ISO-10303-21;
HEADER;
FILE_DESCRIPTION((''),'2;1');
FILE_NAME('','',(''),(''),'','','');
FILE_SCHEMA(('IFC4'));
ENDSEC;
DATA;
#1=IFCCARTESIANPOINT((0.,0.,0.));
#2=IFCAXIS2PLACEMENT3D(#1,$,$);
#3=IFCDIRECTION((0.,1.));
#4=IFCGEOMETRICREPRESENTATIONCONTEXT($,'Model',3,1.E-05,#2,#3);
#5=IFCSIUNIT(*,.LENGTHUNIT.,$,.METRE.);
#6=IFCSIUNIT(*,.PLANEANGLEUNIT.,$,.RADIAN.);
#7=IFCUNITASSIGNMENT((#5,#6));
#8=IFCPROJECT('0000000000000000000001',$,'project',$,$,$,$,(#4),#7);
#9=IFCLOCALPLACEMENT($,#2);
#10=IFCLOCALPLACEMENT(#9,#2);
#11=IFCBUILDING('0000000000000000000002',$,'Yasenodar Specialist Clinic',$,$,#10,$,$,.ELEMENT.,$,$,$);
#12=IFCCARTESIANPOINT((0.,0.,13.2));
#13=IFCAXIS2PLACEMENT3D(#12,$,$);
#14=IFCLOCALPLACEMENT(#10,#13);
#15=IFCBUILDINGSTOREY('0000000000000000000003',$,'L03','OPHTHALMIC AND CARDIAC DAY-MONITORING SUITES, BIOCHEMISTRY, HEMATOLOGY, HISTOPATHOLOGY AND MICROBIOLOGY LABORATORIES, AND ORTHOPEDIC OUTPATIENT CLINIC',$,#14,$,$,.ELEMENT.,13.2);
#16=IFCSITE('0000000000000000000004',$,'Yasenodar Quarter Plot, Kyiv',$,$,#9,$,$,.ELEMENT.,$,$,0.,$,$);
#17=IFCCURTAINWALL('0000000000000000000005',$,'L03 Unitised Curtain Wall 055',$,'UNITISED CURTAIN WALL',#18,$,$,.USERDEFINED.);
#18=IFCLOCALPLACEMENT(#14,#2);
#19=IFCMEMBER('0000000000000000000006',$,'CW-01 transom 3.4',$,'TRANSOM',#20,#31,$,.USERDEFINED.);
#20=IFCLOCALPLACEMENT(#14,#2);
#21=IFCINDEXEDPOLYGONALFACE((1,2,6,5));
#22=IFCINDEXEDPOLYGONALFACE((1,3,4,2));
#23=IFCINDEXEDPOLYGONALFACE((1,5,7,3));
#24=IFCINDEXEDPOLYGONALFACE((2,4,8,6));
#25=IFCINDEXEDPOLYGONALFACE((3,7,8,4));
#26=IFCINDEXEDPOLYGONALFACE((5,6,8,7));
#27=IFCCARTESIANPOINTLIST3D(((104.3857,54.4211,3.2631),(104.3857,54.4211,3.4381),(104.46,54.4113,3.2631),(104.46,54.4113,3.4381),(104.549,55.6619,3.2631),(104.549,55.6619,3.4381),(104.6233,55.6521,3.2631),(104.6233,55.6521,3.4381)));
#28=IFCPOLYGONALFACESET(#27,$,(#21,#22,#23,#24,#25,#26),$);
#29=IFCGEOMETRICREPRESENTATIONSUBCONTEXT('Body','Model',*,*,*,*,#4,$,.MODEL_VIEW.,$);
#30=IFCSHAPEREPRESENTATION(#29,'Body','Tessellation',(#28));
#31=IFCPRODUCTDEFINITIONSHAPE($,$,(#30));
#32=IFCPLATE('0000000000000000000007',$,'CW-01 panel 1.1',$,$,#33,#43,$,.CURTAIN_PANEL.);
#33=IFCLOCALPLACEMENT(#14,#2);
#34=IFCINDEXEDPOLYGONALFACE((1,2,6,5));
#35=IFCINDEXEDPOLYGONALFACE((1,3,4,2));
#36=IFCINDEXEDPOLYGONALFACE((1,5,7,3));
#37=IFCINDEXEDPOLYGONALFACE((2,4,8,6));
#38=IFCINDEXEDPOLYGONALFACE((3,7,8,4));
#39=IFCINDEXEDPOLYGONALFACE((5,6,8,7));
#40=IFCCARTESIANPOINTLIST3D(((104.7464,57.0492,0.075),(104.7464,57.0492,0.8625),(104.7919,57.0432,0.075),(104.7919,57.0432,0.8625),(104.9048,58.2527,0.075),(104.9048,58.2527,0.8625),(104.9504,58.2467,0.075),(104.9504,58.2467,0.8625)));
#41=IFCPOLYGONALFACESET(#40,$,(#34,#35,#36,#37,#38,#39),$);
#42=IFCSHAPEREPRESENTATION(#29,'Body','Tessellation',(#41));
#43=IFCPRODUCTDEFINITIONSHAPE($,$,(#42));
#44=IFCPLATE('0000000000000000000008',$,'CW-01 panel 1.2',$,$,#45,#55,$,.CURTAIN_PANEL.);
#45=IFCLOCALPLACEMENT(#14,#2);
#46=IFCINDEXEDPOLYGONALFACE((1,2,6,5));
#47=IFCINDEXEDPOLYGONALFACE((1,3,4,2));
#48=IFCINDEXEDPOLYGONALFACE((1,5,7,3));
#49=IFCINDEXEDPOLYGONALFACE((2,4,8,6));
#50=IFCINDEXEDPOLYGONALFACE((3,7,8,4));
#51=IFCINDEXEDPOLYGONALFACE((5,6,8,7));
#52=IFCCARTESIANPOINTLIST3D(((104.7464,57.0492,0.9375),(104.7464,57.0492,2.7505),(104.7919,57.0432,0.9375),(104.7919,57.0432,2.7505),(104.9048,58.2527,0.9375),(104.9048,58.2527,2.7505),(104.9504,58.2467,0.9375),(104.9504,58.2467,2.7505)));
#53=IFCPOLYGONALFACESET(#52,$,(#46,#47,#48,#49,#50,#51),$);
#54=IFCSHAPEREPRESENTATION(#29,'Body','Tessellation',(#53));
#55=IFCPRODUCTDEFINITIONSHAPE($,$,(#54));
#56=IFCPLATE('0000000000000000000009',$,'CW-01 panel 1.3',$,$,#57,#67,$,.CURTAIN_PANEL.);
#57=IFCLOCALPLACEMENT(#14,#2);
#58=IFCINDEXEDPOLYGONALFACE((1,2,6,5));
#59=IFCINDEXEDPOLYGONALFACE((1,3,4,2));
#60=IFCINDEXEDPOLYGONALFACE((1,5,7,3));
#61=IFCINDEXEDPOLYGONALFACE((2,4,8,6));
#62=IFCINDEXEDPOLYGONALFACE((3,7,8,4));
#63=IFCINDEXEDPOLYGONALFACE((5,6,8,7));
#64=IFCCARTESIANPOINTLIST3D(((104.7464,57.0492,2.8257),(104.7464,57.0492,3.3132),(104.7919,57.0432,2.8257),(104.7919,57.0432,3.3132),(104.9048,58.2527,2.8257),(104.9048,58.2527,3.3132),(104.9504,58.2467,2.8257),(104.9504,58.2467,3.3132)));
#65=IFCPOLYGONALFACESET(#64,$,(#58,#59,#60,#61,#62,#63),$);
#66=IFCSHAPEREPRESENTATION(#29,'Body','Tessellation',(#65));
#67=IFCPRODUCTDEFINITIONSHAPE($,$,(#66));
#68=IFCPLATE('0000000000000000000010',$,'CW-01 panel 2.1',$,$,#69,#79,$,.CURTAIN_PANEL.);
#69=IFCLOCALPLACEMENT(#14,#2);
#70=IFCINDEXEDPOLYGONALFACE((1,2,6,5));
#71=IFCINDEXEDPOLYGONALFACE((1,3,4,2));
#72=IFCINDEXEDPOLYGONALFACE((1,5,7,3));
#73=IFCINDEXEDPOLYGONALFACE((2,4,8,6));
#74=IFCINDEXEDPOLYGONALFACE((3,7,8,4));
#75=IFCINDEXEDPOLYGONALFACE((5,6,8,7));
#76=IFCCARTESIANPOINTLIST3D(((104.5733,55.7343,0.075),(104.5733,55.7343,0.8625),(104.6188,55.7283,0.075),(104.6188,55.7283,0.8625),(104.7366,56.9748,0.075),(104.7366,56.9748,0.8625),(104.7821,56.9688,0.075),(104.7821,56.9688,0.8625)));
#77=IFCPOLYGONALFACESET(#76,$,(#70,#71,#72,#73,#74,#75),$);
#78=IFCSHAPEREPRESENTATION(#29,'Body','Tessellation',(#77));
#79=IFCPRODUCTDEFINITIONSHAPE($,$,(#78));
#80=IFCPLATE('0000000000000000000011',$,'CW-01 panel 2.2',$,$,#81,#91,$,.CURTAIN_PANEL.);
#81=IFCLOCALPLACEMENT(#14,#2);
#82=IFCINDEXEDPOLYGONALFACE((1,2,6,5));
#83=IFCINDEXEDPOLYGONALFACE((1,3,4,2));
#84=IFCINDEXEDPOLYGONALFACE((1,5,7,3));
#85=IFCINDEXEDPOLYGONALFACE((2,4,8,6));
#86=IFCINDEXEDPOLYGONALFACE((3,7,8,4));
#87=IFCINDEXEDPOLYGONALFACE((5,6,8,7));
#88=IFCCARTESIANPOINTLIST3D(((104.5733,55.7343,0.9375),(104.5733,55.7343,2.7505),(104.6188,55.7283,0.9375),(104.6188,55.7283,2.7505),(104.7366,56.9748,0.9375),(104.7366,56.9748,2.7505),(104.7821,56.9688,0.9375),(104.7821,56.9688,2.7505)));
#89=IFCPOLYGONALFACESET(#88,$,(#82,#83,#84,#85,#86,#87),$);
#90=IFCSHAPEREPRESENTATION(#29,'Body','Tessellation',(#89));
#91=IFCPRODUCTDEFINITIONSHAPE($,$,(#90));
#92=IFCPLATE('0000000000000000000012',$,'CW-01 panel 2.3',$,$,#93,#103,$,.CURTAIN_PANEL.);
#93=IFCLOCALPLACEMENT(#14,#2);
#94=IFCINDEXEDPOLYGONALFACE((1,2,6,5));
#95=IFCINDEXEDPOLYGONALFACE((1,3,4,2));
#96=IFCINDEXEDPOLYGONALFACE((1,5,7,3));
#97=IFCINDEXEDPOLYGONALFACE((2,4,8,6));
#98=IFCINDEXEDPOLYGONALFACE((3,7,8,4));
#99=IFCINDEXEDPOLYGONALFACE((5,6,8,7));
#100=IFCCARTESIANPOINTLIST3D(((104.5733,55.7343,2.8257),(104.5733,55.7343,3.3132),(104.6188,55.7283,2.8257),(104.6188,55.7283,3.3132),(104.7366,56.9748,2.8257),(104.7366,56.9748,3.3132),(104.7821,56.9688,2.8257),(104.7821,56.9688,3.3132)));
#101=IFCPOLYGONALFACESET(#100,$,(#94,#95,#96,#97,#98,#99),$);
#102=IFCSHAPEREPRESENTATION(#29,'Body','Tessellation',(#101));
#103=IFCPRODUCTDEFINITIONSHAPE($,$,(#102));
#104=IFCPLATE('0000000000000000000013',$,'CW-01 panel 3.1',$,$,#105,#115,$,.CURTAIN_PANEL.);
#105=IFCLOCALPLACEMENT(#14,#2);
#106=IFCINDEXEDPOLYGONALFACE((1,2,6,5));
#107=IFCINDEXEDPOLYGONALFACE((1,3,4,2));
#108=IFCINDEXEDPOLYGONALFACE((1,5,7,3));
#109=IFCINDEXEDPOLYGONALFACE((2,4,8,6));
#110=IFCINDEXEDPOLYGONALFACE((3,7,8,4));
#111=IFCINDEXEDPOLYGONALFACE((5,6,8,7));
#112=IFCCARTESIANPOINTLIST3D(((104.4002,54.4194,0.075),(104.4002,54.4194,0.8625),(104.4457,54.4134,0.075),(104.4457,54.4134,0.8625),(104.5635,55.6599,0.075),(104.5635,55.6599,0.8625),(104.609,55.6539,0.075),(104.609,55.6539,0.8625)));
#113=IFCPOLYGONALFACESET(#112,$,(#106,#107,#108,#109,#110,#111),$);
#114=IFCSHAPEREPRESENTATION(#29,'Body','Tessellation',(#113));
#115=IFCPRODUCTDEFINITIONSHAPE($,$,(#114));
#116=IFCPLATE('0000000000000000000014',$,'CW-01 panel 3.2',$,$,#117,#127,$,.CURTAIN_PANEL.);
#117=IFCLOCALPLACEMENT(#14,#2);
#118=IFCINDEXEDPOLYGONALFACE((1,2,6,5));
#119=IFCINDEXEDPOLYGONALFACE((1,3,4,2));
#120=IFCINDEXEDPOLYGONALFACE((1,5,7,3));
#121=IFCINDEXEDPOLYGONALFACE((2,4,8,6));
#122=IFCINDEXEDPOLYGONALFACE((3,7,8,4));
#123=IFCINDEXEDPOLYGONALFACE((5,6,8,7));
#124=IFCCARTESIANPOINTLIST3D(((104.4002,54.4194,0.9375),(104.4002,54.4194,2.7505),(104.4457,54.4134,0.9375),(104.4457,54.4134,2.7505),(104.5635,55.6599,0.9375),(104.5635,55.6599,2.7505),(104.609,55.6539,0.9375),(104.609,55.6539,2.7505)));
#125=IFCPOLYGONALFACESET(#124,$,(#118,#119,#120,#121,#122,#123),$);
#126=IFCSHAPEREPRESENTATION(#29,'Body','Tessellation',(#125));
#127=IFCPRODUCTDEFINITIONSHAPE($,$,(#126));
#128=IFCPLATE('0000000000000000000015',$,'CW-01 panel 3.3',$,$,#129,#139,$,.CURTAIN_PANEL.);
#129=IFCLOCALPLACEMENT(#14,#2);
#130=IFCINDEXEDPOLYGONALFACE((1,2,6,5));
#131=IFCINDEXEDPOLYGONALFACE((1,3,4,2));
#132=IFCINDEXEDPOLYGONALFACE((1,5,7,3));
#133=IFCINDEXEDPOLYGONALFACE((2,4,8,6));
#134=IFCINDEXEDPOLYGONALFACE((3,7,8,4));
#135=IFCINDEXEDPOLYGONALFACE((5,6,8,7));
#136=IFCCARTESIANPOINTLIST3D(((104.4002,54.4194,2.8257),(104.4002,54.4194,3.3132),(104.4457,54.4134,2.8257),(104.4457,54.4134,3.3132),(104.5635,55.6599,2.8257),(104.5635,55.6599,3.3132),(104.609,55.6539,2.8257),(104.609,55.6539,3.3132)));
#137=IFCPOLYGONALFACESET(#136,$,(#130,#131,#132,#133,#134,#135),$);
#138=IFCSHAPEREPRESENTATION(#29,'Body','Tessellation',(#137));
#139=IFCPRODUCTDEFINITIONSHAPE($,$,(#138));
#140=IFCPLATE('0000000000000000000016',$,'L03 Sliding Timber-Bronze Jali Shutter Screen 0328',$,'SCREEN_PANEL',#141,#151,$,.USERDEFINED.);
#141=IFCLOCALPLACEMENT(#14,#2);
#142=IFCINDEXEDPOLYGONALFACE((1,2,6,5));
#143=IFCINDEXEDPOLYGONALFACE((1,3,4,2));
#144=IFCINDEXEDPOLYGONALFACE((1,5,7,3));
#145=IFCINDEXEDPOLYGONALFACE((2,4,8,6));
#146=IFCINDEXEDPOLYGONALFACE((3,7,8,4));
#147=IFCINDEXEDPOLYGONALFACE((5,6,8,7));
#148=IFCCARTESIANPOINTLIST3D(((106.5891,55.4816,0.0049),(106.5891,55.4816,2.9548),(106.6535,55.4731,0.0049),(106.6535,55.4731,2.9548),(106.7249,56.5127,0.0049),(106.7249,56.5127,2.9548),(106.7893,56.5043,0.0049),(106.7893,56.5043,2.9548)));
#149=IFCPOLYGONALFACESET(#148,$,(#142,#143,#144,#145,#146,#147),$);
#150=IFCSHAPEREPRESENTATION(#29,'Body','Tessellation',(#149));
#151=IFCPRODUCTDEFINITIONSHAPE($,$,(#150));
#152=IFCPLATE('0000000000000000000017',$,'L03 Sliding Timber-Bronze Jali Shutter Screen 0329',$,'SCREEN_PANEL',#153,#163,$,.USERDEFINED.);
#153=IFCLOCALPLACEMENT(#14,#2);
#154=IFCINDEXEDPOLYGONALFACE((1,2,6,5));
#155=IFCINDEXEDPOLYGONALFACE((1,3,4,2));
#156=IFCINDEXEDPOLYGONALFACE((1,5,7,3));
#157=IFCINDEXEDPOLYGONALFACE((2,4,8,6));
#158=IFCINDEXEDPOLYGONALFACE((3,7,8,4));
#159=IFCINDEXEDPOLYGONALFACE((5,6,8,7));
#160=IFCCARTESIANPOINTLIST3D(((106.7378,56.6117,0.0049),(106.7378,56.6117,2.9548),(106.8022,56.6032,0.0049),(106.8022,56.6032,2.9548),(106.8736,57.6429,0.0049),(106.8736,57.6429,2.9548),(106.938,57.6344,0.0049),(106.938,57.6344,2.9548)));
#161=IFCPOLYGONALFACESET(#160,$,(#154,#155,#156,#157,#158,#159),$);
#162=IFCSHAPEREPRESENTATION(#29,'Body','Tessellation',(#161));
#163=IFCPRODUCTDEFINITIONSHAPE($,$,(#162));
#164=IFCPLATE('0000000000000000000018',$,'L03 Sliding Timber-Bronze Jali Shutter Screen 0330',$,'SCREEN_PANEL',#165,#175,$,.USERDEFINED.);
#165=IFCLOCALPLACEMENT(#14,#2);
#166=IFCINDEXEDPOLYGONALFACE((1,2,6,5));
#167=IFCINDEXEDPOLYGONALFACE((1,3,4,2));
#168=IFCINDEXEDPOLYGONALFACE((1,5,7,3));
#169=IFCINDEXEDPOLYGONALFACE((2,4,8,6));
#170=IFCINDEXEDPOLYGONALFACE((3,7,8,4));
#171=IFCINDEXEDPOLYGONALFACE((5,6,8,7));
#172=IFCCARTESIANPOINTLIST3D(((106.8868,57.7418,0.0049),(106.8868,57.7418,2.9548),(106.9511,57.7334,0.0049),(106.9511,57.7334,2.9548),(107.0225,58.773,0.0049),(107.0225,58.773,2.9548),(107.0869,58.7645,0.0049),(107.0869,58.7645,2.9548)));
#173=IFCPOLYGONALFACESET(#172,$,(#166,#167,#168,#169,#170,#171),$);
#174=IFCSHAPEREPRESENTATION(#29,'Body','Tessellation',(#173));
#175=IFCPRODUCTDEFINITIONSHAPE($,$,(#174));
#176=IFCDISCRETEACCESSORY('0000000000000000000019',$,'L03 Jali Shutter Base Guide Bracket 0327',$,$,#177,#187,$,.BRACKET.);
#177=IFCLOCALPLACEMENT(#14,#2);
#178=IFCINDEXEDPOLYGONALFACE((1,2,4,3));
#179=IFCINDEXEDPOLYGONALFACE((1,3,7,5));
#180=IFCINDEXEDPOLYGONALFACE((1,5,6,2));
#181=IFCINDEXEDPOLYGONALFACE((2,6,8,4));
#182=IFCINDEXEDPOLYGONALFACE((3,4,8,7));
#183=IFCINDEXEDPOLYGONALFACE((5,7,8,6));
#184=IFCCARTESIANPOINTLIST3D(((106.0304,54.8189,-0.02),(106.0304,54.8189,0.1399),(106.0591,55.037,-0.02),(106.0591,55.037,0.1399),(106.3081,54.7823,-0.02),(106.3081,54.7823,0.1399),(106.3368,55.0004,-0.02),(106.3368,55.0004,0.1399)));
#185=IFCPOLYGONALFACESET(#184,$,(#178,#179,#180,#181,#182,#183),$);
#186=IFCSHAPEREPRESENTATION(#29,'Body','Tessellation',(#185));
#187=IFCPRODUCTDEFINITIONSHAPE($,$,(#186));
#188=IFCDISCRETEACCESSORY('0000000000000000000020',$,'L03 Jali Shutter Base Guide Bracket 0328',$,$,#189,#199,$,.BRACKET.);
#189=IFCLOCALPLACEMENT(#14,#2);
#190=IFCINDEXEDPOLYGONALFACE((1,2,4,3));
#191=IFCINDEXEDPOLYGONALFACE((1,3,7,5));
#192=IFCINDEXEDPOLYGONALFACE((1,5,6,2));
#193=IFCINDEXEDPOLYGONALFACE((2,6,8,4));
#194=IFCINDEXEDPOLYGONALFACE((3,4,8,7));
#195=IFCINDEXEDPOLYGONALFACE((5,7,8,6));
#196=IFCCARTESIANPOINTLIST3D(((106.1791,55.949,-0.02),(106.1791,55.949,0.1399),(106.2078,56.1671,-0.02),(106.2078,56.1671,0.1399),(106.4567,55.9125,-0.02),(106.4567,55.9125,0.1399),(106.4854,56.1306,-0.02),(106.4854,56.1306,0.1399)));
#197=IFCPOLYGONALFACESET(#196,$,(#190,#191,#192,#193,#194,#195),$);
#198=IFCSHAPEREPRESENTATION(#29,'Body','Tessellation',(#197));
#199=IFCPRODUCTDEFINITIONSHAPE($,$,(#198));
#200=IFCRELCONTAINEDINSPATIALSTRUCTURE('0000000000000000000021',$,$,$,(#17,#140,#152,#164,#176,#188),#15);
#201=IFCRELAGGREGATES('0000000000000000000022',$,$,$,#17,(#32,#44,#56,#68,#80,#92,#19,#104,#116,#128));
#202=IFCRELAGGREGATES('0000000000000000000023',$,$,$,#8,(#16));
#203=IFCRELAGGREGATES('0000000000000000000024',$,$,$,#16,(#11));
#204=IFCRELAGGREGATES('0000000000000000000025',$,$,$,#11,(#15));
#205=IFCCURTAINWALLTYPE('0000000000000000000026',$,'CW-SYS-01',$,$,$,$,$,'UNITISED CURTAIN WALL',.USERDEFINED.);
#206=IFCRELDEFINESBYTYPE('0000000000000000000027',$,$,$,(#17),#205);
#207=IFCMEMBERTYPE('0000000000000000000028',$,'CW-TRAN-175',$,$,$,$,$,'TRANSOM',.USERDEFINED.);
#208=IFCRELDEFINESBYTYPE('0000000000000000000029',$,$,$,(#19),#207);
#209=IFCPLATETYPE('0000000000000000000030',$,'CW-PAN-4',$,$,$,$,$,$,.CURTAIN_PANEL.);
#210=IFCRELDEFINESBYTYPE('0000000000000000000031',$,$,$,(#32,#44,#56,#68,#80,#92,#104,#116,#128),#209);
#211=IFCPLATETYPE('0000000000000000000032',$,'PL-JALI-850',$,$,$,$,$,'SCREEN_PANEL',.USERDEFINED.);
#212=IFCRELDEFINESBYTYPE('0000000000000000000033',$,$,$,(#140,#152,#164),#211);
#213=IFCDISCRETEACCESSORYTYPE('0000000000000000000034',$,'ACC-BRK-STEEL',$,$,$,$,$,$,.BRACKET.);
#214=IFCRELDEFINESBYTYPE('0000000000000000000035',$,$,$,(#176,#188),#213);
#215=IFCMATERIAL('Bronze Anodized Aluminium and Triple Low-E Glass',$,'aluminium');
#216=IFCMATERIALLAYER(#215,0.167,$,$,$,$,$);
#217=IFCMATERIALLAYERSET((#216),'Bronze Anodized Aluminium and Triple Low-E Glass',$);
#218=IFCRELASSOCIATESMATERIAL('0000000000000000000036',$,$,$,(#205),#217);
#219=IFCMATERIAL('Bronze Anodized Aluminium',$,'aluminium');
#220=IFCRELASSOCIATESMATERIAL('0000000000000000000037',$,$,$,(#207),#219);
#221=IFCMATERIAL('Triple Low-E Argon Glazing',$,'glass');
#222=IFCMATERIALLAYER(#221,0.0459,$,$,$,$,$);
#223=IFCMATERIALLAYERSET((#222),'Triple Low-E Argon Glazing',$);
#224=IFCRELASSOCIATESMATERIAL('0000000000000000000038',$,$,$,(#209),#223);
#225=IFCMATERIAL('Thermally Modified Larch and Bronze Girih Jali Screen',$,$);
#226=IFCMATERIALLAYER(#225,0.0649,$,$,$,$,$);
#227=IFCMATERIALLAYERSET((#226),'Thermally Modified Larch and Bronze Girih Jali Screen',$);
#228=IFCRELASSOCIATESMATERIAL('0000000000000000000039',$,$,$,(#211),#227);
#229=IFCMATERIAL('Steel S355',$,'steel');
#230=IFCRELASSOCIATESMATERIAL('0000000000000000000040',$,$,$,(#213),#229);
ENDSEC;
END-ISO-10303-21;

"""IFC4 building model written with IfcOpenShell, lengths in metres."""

from ifc_helpers import new_model, si_unit, direction, frame, origin, origin_2d, place, context, subcontext, project, spatial, rectangle, extrude, material, layer, layer_set, material_profile, profile_set, type_object, element, aggregate, save


model = new_model("IFC4")

# Units and contexts
model_context = context("Model", 3, precision=1e-05, world=origin(), true_north=direction((0.0, 1.0)))
body_context = subcontext(model_context, "Body", "Model", "MODEL_VIEW")
ifc_project = project(units=[si_unit("LENGTHUNIT", "METRE"), si_unit("PLANEANGLEUNIT", "RADIAN")], contexts=[model_context])

# Site, building, storey
site_placement = place(None, origin())
site = spatial("IfcSite", under=ifc_project, at=site_placement, Name="Yasenodar Quarter Plot, Kyiv", CompositionType="ELEMENT", RefElevation=0.0)
building_placement = place(site_placement, origin())
building = spatial("IfcBuilding", under=site, at=building_placement, Name="Yasenodar Specialist Clinic", CompositionType="ELEMENT")
storey_placement = place(building_placement, frame((0.0, 0.0, 13.2)))
storey = spatial("IfcBuildingStorey", under=building, at=storey_placement, Name="L03", Description="OPHTHALMIC AND CARDIAC DAY-MONITORING SUITES, BIOCHEMISTRY, HEMATOLOGY, HISTOPATHOLOGY AND MICROBIOLOGY LABORATORIES, AND ORTHOPEDIC OUTPATIENT CLINIC", CompositionType="ELEMENT", Elevation=13.2)

# Curtain wall, member, plates
ifc_material_1 = material(Name="Bronze Anodized Aluminium and Triple Low-E Glass", Category="aluminium")
ifc_layer_1 = layer(ifc_material_1, 0.167)
ifc_layer_set_1 = layer_set([ifc_layer_1], Name="Bronze Anodized Aluminium and Triple Low-E Glass")
curtain_wall_type = type_object("IfcCurtainWallType", Name="CW-SYS-01", ElementType="UNITISED CURTAIN WALL", PredefinedType="USERDEFINED", material=ifc_layer_set_1)
curtain_wall_placement = place(storey_placement, origin())
curtain_wall = element("IfcCurtainWall", 1, at=curtain_wall_placement, inside=storey, type_object=curtain_wall_type, Name="L03 Unitised Curtain Wall 055", ObjectType="UNITISED CURTAIN WALL", PredefinedType="USERDEFINED")
ifc_material_2 = material(Name="Bronze Anodized Aluminium", Category="aluminium")
ifc_material_profile_1 = material_profile(ifc_material_2, rectangle(XDim=0.075, YDim=0.175, at=origin_2d()), Name="CW-TRAN 75x175")
ifc_profile_set_1 = profile_set([ifc_material_profile_1], Name="Bronze Anodized Aluminium")
member_type_1 = type_object("IfcMemberType", Name="CW-TRAN-175", ElementType="TRANSOM", PredefinedType="USERDEFINED", material=ifc_profile_set_1)
member_1_placement = place(storey_placement, frame((104.5862, 55.657, 3.3506), z_axis=(-0.130515, -0.991446, 0.0), x_axis=(0.991446, -0.130515, 0.0)))
member_1 = element("IfcMember", 2, at=member_1_placement, type_object=member_type_1, Name="CW-01 transom 3.4", ObjectType="TRANSOM", PredefinedType="USERDEFINED", context=body_context, shape_type="SweptSolid", body=[
    extrude(rectangle(XDim=0.075, YDim=0.175, at=origin_2d()), origin(), (0.0, 0.0, 1.0), 1.2515),
])
ifc_material_3 = material(Name="Triple Low-E Argon Glazing", Category="glass")
ifc_layer_2 = layer(ifc_material_3, 0.0459)
ifc_layer_set_2 = layer_set([ifc_layer_2], Name="Triple Low-E Argon Glazing")
plate_type_1 = type_object("IfcPlateType", Name="CW-PAN-4", PredefinedType="CURTAIN_PANEL", material=ifc_layer_set_2)
plate_1_placement = place(storey_placement, frame((104.8484, 57.6479, 0.075), z_axis=(0.0, 0.0, 1.0), x_axis=(-0.130512, -0.991447, 0.0)))
plate_1 = element("IfcPlate", 3, at=plate_1_placement, type_object=plate_type_1, Name="CW-01 panel 1.1", PredefinedType="CURTAIN_PANEL", context=body_context, shape_type="SweptSolid", body=[
    extrude(rectangle(XDim=1.2139, YDim=0.0459, at=origin_2d()), origin(), (0.0, 0.0, 1.0), 0.7876),
])
plate_2_placement = place(storey_placement, frame((104.8484, 57.6479, 0.9375), z_axis=(0.0, 0.0, 1.0), x_axis=(-0.130512, -0.991447, 0.0)))
plate_2 = element("IfcPlate", 4, at=plate_2_placement, type_object=plate_type_1, Name="CW-01 panel 1.2", PredefinedType="CURTAIN_PANEL", context=body_context, shape_type="SweptSolid", body=[
    extrude(rectangle(XDim=1.2139, YDim=0.0459, at=origin_2d()), origin(), (0.0, 0.0, 1.0), 1.813),
])
plate_3_placement = place(storey_placement, frame((104.8484, 57.6479, 2.8257), z_axis=(0.0, 0.0, 1.0), x_axis=(-0.130512, -0.991447, 0.0)))
plate_3 = element("IfcPlate", 5, at=plate_3_placement, type_object=plate_type_1, Name="CW-01 panel 1.3", PredefinedType="CURTAIN_PANEL", context=body_context, shape_type="SweptSolid", body=[
    extrude(rectangle(XDim=1.2139, YDim=0.0459, at=origin_2d()), origin(), (0.0, 0.0, 1.0), 0.4875),
])
plate_4_placement = place(storey_placement, frame((104.6777, 56.3516, 0.075), z_axis=(0.0, 0.0, 1.0), x_axis=(-0.130512, -0.991447, 0.0)))
plate_4 = element("IfcPlate", 6, at=plate_4_placement, type_object=plate_type_1, Name="CW-01 panel 2.1", PredefinedType="CURTAIN_PANEL", context=body_context, shape_type="SweptSolid", body=[
    extrude(rectangle(XDim=1.2512, YDim=0.0459, at=origin_2d()), origin(), (0.0, 0.0, 1.0), 0.7876),
])
plate_5_placement = place(storey_placement, frame((104.6777, 56.3516, 0.9375), z_axis=(0.0, 0.0, 1.0), x_axis=(-0.130512, -0.991447, 0.0)))
plate_5 = element("IfcPlate", 7, at=plate_5_placement, type_object=plate_type_1, Name="CW-01 panel 2.2", PredefinedType="CURTAIN_PANEL", context=body_context, shape_type="SweptSolid", body=[
    extrude(rectangle(XDim=1.2512, YDim=0.0459, at=origin_2d()), origin(), (0.0, 0.0, 1.0), 1.813),
])
plate_6_placement = place(storey_placement, frame((104.6777, 56.3516, 2.8257), z_axis=(0.0, 0.0, 1.0), x_axis=(-0.130512, -0.991447, 0.0)))
plate_6 = element("IfcPlate", 8, at=plate_6_placement, type_object=plate_type_1, Name="CW-01 panel 2.3", PredefinedType="CURTAIN_PANEL", context=body_context, shape_type="SweptSolid", body=[
    extrude(rectangle(XDim=1.2512, YDim=0.0459, at=origin_2d()), origin(), (0.0, 0.0, 1.0), 0.4875),
])
plate_7_placement = place(storey_placement, frame((104.5046, 55.0366, 0.075), z_axis=(0.0, 0.0, 1.0), x_axis=(-0.130512, -0.991447, 0.0)))
plate_7 = element("IfcPlate", 9, at=plate_7_placement, type_object=plate_type_1, Name="CW-01 panel 3.1", PredefinedType="CURTAIN_PANEL", context=body_context, shape_type="SweptSolid", body=[
    extrude(rectangle(XDim=1.2512, YDim=0.0459, at=origin_2d()), origin(), (0.0, 0.0, 1.0), 0.7876),
])
plate_8_placement = place(storey_placement, frame((104.5046, 55.0366, 0.9375), z_axis=(0.0, 0.0, 1.0), x_axis=(-0.130512, -0.991447, 0.0)))
plate_8 = element("IfcPlate", 10, at=plate_8_placement, type_object=plate_type_1, Name="CW-01 panel 3.2", PredefinedType="CURTAIN_PANEL", context=body_context, shape_type="SweptSolid", body=[
    extrude(rectangle(XDim=1.2512, YDim=0.0459, at=origin_2d()), origin(), (0.0, 0.0, 1.0), 1.813),
])
plate_9_placement = place(storey_placement, frame((104.5046, 55.0366, 2.8257), z_axis=(0.0, 0.0, 1.0), x_axis=(-0.130512, -0.991447, 0.0)))
plate_9 = element("IfcPlate", 11, at=plate_9_placement, type_object=plate_type_1, Name="CW-01 panel 3.3", PredefinedType="CURTAIN_PANEL", context=body_context, shape_type="SweptSolid", body=[
    extrude(rectangle(XDim=1.2512, YDim=0.0459, at=origin_2d()), origin(), (0.0, 0.0, 1.0), 0.4875),
])
aggregate(curtain_wall, [plate_1, plate_2, plate_3, plate_4, plate_5, plate_6, member_1, plate_7, plate_8, plate_9])

# Plates
ifc_material_4 = material(Name="Thermally Modified Larch and Bronze Girih Jali Screen")
ifc_layer_3 = layer(ifc_material_4, 0.0649)
ifc_layer_set_3 = layer_set([ifc_layer_3], Name="Thermally Modified Larch and Bronze Girih Jali Screen")
plate_type_2 = type_object("IfcPlateType", Name="PL-JALI-850", ElementType="SCREEN_PANEL", PredefinedType="USERDEFINED", material=ifc_layer_set_3)
for number, where, z_axis, x_axis, name in (
    (12, (106.6892, 55.9929, 0.0049), (0.0, 0.0, 1.0), (0.130519, 0.991446, 0.0), "L03 Sliding Timber-Bronze Jali Shutter Screen 0328"),
    (13, (106.8379, 57.123, 0.0049), (0.0, 0.0, 1.0), (0.130519, 0.991446, 0.0), "L03 Sliding Timber-Bronze Jali Shutter Screen 0329"),
    (14, (106.9868, 58.2532, 0.0049), (0.0, 0.0, 1.0), (0.130519, 0.991446, 0.0), "L03 Sliding Timber-Bronze Jali Shutter Screen 0330"),
):
    element("IfcPlate", number, at=place(storey_placement, frame(where, z_axis=z_axis, x_axis=x_axis)), inside=storey, type_object=plate_type_2, Name=name, ObjectType="SCREEN_PANEL", PredefinedType="USERDEFINED", context=body_context, shape_type="SweptSolid", body=[
        extrude(rectangle(XDim=1.04, YDim=0.0649, at=origin_2d()), origin(), (0.0, 0.0, 1.0), 2.95),
    ])

# Discrete accessories
ifc_material_5 = material(Name="Steel S355", Category="steel")
discrete_accessory_type = type_object("IfcDiscreteAccessoryType", Name="ACC-BRK-STEEL", PredefinedType="BRACKET", material=ifc_material_5)
for number, where, z_axis, x_axis, name in (
    (15, (106.1836, 54.9097, -0.02), (0.0, 0.0, 1.0), (0.130519, 0.991446, 0.0), "L03 Jali Shutter Base Guide Bracket 0327"),
    (16, (106.3323, 56.0398, -0.02), (0.0, 0.0, 1.0), (0.130519, 0.991446, 0.0), "L03 Jali Shutter Base Guide Bracket 0328"),
):
    element("IfcDiscreteAccessory", number, at=place(storey_placement, frame(where, z_axis=z_axis, x_axis=x_axis)), inside=storey, type_object=discrete_accessory_type, Name=name, PredefinedType="BRACKET", context=body_context, shape_type="SweptSolid", body=[
        extrude(rectangle(XDim=0.22, YDim=0.28, at=origin_2d()), origin(), (0.0, 0.0, 1.0), 0.1599),
    ])

save(model, "model.ifc")
